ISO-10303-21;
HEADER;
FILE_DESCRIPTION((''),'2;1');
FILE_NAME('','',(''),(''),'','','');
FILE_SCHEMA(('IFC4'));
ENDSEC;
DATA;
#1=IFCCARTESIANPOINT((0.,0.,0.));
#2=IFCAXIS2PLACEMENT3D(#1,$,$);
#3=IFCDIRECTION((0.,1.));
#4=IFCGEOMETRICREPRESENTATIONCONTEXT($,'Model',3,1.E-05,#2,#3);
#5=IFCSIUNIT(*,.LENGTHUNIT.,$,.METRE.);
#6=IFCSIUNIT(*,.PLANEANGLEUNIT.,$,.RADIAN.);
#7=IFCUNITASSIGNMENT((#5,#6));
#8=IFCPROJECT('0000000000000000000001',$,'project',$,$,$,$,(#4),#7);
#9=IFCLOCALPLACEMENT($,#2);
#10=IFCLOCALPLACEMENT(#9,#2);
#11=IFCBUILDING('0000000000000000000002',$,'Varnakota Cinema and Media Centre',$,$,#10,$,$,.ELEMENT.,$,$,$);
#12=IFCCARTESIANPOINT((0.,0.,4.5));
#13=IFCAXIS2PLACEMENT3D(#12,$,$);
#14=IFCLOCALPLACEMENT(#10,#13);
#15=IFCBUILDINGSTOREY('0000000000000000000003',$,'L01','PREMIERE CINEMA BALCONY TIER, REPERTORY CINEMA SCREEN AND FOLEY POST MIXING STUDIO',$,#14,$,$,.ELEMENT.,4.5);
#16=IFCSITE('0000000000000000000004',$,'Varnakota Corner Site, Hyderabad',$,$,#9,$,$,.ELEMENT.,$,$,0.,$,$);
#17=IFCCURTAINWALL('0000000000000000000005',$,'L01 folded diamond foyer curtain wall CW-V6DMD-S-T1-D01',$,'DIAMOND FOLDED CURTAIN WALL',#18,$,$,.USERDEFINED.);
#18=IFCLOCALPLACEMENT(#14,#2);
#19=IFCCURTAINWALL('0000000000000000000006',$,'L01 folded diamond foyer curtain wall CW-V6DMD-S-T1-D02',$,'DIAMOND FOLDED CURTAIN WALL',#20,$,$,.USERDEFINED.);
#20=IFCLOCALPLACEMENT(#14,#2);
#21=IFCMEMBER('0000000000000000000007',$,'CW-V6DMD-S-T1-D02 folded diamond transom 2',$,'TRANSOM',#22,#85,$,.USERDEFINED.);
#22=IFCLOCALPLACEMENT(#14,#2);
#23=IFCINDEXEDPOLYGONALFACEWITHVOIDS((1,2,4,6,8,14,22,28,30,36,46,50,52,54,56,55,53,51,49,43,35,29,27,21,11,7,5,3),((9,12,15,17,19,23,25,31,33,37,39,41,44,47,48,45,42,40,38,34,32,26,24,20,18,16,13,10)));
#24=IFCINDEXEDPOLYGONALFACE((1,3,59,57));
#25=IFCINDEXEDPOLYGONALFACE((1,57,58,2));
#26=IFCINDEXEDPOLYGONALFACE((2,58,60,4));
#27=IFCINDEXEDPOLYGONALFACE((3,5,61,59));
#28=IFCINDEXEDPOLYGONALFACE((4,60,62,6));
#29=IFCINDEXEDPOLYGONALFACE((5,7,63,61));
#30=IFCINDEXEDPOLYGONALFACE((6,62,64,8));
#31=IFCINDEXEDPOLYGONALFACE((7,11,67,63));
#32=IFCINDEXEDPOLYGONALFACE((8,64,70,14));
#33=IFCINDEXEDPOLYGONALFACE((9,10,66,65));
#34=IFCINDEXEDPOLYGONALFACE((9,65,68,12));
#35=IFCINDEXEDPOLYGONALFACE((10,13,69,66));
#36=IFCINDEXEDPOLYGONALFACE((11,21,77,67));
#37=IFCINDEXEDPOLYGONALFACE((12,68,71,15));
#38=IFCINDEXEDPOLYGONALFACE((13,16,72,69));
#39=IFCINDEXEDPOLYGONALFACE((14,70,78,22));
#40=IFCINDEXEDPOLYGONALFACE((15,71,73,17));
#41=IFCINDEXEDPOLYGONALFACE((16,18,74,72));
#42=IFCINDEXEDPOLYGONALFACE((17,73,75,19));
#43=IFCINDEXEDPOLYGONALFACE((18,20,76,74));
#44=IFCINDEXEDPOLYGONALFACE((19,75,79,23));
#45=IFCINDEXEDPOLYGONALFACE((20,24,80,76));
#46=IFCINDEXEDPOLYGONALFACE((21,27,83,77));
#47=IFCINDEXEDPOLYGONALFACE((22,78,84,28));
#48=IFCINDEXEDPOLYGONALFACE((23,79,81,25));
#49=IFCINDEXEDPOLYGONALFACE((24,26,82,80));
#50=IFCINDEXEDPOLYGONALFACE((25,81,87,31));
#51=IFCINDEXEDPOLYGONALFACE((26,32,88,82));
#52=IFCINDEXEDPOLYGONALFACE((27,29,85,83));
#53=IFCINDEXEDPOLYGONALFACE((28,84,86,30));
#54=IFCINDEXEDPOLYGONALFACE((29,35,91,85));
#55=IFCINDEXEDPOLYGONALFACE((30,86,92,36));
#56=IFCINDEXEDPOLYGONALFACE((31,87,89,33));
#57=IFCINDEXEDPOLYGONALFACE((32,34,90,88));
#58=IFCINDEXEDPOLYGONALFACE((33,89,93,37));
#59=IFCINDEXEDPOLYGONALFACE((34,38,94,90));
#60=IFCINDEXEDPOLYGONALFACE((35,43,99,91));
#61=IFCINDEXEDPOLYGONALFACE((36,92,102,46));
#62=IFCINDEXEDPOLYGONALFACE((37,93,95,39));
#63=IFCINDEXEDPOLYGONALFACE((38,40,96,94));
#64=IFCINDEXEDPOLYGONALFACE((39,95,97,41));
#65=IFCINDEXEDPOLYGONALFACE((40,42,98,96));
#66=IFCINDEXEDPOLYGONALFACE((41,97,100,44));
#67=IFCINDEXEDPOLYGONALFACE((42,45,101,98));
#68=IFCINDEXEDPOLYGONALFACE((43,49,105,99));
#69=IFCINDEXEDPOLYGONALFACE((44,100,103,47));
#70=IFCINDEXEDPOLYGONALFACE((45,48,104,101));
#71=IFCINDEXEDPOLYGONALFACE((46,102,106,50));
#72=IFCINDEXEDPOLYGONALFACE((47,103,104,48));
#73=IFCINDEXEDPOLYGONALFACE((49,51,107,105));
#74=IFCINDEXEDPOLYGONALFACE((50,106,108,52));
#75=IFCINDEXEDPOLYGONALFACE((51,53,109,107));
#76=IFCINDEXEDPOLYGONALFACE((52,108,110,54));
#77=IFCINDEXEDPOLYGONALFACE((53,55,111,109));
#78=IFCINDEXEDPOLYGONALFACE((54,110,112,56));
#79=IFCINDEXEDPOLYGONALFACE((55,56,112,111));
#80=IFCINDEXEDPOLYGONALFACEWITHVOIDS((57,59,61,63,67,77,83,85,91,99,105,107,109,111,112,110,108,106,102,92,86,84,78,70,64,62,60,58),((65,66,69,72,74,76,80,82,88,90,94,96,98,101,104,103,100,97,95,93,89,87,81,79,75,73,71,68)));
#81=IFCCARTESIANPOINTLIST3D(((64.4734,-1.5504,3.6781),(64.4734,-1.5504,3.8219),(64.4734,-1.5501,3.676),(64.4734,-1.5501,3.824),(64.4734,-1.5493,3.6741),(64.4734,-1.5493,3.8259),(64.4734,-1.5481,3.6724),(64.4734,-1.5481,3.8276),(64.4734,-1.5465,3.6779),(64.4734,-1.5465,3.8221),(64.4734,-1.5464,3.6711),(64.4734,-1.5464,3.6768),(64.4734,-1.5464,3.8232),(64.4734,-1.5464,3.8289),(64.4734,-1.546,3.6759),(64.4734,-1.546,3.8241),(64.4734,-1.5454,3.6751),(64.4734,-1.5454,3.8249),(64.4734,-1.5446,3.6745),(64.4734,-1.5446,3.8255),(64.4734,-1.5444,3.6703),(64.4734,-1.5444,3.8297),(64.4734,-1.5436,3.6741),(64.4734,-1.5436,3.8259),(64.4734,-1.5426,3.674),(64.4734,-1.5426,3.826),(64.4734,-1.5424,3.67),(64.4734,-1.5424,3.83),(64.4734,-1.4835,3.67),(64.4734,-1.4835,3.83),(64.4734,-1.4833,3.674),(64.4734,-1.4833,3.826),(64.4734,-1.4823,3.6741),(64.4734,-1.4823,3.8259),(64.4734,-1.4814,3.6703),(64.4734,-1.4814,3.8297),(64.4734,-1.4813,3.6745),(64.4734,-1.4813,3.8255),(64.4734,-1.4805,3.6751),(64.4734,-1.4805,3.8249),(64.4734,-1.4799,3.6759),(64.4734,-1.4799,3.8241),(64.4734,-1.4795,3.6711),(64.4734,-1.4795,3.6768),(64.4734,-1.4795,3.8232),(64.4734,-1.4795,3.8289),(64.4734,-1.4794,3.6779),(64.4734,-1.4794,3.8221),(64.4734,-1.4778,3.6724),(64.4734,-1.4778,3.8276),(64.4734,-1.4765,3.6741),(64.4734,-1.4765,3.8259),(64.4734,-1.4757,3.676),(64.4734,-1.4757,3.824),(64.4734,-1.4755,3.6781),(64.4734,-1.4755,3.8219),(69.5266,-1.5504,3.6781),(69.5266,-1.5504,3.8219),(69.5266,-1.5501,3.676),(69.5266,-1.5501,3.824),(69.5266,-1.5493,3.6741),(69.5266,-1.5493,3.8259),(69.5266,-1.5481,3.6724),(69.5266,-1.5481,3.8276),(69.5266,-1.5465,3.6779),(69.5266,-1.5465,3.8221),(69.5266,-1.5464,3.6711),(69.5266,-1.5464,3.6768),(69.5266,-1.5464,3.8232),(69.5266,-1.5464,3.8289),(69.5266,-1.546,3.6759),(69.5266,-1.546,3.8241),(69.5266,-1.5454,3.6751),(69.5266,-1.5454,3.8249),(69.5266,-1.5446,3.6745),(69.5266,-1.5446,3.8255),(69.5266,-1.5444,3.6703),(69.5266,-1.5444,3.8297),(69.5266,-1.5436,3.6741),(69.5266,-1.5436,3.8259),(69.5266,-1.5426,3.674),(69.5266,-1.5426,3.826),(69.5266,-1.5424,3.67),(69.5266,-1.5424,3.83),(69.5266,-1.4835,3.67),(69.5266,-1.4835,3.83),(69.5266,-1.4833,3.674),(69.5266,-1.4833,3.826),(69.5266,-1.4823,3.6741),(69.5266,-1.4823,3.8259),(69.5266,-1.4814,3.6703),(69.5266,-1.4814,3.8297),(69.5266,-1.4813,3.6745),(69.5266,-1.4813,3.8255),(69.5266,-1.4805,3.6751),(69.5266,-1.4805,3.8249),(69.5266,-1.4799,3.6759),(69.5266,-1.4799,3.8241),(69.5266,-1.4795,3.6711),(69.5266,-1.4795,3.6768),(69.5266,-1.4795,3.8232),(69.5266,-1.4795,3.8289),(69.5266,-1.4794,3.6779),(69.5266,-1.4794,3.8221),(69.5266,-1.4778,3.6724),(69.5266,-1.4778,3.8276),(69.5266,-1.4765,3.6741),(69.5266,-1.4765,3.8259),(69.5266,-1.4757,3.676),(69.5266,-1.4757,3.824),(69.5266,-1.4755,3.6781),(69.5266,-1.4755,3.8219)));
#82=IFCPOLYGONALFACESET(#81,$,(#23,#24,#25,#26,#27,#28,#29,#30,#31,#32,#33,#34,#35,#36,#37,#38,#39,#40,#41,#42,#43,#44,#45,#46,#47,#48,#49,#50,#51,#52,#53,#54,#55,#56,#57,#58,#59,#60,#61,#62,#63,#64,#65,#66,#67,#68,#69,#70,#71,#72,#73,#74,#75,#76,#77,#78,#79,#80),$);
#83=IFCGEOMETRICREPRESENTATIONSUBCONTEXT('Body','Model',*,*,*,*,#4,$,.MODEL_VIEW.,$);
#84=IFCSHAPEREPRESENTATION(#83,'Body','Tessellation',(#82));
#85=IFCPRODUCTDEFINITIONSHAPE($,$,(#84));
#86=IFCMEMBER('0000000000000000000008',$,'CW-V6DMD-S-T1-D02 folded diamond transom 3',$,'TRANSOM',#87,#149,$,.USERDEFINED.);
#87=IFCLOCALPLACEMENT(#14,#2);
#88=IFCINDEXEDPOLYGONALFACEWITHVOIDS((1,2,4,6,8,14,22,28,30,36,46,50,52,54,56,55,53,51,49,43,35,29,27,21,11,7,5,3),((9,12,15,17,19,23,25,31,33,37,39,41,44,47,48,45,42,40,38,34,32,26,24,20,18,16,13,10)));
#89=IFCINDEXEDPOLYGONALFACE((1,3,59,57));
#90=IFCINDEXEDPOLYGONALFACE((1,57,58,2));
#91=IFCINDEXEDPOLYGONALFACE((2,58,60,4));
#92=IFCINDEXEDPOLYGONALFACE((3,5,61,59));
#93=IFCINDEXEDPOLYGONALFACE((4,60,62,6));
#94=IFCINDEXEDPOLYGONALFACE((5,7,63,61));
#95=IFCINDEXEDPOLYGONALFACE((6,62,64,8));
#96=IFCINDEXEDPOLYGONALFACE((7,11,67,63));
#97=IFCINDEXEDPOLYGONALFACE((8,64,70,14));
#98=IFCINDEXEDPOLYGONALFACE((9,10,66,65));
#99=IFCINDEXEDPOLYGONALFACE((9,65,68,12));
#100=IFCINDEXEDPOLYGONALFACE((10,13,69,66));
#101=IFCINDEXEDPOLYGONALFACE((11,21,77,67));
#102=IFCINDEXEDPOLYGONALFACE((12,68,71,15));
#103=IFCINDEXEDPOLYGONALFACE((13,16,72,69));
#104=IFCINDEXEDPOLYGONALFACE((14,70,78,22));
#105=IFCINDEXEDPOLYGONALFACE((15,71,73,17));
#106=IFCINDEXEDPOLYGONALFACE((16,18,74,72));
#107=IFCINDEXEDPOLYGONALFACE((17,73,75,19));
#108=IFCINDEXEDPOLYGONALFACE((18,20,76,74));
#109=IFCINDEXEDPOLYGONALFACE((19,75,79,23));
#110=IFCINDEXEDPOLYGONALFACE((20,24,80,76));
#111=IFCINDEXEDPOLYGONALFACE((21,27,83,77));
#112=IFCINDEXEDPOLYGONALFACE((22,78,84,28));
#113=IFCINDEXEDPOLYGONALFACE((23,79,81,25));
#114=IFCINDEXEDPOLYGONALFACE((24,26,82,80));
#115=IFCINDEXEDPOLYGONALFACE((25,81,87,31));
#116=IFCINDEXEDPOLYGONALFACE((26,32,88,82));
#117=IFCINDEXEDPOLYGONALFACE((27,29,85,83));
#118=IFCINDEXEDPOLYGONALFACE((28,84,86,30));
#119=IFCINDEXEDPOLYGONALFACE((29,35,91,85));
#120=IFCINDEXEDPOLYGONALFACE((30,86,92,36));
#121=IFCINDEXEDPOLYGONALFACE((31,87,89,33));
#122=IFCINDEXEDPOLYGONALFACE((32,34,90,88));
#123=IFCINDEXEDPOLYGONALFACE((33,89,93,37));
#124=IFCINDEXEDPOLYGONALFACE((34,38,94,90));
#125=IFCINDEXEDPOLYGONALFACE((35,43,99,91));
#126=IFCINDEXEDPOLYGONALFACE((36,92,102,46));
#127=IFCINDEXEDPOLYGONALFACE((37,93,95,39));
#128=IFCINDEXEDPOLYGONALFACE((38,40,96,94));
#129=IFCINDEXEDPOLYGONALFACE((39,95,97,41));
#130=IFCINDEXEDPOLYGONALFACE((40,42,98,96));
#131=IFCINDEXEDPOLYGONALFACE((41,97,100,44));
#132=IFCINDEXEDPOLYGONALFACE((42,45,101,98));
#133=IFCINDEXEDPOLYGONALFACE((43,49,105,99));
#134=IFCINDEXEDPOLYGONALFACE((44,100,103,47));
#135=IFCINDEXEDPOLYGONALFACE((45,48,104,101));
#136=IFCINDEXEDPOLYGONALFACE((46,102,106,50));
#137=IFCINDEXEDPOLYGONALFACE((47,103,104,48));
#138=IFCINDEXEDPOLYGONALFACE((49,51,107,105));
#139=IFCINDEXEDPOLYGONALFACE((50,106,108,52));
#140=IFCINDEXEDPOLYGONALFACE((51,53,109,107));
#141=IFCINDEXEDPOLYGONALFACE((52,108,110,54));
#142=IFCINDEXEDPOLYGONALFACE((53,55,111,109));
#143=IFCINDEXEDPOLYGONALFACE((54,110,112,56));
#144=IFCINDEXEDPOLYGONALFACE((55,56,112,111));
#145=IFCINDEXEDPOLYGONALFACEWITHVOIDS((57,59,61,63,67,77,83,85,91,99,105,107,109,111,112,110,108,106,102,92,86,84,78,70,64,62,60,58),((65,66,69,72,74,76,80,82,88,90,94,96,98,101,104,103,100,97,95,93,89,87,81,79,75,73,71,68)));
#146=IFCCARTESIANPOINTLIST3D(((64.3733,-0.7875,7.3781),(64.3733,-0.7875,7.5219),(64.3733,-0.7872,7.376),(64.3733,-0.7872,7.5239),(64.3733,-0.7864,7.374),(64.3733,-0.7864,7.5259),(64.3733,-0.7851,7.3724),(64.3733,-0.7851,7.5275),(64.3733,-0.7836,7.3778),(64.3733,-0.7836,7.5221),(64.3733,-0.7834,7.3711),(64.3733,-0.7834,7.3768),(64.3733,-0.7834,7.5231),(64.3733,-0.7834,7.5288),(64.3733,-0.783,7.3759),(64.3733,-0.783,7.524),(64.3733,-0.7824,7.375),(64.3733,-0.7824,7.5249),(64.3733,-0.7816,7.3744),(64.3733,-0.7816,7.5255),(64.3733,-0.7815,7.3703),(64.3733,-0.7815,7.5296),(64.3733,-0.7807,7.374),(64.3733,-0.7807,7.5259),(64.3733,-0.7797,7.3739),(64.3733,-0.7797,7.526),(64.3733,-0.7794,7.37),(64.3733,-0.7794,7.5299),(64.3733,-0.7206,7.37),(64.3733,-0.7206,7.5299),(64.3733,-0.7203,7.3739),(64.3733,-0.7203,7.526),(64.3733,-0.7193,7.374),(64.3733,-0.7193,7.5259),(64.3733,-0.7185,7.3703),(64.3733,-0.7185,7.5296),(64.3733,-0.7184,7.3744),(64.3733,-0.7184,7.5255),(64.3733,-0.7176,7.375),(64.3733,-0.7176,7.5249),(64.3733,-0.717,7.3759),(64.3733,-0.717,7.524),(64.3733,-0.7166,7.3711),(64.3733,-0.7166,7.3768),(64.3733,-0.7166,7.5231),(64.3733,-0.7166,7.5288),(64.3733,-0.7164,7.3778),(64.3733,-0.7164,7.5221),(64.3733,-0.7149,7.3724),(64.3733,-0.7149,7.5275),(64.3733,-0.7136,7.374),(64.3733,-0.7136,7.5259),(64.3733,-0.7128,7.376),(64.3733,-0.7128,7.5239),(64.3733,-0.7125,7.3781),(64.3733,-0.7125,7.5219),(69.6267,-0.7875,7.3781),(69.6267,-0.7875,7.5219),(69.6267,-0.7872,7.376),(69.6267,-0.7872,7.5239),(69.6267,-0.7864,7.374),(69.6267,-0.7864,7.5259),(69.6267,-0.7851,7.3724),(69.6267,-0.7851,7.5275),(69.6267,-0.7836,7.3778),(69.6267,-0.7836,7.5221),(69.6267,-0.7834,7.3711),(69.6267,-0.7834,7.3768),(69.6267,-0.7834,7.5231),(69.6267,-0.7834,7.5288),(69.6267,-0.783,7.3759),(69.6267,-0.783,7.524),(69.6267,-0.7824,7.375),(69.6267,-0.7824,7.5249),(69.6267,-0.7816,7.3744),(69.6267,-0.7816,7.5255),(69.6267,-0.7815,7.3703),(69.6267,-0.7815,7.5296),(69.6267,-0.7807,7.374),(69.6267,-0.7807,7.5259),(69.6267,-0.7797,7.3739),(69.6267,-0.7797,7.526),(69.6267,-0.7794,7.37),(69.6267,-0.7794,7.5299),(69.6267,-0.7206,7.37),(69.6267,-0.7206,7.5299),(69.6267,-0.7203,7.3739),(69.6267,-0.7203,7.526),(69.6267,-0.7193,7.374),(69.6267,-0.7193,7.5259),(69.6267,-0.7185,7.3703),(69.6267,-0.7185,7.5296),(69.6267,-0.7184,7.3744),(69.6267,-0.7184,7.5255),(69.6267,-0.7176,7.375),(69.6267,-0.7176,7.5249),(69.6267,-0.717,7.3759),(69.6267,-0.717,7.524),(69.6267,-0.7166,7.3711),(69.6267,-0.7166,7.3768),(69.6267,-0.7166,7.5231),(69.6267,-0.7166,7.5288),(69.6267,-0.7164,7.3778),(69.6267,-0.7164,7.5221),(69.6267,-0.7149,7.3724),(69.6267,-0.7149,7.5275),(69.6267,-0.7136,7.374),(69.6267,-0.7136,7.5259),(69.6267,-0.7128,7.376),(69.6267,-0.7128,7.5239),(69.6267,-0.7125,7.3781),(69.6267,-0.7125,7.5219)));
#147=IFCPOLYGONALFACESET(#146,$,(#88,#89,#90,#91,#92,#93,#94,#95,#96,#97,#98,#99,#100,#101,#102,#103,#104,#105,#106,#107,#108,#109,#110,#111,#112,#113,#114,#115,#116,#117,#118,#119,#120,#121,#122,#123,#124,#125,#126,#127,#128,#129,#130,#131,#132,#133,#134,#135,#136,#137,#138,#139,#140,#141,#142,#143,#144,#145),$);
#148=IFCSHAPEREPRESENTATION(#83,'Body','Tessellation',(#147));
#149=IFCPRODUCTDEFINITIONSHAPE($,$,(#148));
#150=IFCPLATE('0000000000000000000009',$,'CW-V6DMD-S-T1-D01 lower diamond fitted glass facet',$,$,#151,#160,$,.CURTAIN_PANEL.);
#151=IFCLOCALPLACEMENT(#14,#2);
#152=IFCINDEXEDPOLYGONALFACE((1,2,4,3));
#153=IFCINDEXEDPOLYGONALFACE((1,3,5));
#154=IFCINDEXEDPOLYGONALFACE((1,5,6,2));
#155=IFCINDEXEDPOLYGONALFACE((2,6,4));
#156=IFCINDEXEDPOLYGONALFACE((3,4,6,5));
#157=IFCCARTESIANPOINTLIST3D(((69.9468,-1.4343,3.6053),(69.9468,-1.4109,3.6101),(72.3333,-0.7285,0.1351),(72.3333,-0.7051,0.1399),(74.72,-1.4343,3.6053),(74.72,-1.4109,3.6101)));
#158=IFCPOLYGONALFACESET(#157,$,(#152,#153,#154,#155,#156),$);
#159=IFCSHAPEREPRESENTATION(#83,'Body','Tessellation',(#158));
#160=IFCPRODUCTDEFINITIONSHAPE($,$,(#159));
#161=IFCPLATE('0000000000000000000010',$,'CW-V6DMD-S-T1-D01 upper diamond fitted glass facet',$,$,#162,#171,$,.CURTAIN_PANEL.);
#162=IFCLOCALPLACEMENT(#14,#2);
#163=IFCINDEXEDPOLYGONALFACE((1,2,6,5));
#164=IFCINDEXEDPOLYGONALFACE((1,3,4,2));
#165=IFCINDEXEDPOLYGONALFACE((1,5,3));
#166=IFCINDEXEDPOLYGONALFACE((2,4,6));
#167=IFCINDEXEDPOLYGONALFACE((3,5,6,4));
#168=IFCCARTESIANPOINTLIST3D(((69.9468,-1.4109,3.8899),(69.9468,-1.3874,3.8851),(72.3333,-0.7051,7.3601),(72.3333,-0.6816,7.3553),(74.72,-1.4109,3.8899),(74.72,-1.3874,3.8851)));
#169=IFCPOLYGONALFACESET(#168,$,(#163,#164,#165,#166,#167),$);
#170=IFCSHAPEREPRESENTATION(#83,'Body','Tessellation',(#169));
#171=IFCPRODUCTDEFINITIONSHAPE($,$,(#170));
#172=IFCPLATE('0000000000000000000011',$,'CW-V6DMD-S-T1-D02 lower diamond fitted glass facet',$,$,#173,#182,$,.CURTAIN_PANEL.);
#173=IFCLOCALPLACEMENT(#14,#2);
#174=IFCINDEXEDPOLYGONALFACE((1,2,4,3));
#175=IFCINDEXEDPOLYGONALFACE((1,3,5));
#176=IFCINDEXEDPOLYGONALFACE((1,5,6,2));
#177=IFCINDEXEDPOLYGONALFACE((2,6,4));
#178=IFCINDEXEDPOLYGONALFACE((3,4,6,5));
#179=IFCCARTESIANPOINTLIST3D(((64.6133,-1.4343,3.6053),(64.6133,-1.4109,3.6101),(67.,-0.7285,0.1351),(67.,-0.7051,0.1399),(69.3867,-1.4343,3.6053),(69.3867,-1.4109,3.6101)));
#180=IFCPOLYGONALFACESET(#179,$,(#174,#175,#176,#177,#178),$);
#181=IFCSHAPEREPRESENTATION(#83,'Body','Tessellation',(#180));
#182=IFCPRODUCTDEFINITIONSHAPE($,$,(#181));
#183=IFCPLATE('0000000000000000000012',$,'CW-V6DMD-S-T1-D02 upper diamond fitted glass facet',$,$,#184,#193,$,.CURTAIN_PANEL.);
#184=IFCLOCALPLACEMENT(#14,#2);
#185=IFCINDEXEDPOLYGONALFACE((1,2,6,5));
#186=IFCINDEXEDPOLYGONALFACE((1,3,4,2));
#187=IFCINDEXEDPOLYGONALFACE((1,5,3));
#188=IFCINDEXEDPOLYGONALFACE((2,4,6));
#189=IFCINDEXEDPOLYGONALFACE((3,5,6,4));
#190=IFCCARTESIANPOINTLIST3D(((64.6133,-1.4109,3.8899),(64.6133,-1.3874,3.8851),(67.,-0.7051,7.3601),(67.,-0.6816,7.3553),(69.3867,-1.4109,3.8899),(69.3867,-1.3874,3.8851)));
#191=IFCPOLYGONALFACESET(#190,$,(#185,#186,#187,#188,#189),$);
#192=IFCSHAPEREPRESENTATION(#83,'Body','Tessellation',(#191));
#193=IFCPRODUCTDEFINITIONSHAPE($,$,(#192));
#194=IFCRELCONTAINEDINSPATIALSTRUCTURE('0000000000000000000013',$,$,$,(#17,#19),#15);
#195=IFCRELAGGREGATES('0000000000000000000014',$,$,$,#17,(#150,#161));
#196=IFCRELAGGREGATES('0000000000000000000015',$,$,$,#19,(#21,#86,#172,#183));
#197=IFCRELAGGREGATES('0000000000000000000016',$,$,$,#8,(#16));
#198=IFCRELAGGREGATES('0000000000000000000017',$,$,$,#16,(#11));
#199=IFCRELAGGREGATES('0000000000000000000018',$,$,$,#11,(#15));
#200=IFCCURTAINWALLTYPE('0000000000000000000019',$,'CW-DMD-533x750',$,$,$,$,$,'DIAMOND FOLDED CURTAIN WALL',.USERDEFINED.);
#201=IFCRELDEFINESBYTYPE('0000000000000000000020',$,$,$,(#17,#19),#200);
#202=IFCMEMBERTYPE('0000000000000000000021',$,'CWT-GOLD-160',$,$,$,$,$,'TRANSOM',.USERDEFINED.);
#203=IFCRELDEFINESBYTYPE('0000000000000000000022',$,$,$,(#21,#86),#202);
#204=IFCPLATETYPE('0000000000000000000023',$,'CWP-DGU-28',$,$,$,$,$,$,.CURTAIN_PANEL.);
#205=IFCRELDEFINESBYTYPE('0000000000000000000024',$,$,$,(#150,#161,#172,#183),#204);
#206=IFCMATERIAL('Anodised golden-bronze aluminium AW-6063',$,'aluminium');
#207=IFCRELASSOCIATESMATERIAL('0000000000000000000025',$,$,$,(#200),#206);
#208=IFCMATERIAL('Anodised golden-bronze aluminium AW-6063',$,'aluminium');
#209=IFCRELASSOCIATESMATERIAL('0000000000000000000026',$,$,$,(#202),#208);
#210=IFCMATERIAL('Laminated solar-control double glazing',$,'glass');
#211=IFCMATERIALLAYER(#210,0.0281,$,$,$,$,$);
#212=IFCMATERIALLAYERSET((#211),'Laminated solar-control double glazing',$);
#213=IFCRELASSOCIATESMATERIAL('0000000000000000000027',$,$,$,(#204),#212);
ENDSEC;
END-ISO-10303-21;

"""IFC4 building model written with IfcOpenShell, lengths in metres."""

from ifc_helpers import new_model, si_unit, direction, frame, origin, origin_2d, place, context, subcontext, project, spatial, polyline, hollow_rectangle, outline, extrude, material, layer, layer_set, material_profile, profile_set, type_object, element, aggregate, save


model = new_model("IFC4")

# Units and contexts
model_context = context("Model", 3, precision=1e-05, world=origin(), true_north=direction((0.0, 1.0)))
body_context = subcontext(model_context, "Body", "Model", "MODEL_VIEW")
ifc_project = project(units=[si_unit("LENGTHUNIT", "METRE"), si_unit("PLANEANGLEUNIT", "RADIAN")], contexts=[model_context])

# Site, building, storey
site_placement = place(None, origin())
site = spatial("IfcSite", under=ifc_project, at=site_placement, Name="Varnakota Corner Site, Hyderabad", CompositionType="ELEMENT", RefElevation=0.0)
building_placement = place(site_placement, origin())
building = spatial("IfcBuilding", under=site, at=building_placement, Name="Varnakota Cinema and Media Centre", CompositionType="ELEMENT")
storey_placement = place(building_placement, frame((0.0, 0.0, 4.5)))
storey = spatial("IfcBuildingStorey", under=building, at=storey_placement, Name="L01", Description="PREMIERE CINEMA BALCONY TIER, REPERTORY CINEMA SCREEN AND FOLEY POST MIXING STUDIO", CompositionType="ELEMENT", Elevation=4.5)

# Curtain walls
ifc_material_1 = material(Name="Anodised golden-bronze aluminium AW-6063", Category="aluminium")
curtain_wall_type = type_object("IfcCurtainWallType", Name="CW-DMD-533x750", ElementType="DIAMOND FOLDED CURTAIN WALL", PredefinedType="USERDEFINED", material=ifc_material_1)
curtain_wall_1_placement = place(storey_placement, origin())
curtain_wall_1 = element("IfcCurtainWall", 1, at=curtain_wall_1_placement, inside=storey, type_object=curtain_wall_type, Name="L01 folded diamond foyer curtain wall CW-V6DMD-S-T1-D01", ObjectType="DIAMOND FOLDED CURTAIN WALL", PredefinedType="USERDEFINED")
curtain_wall_2_placement = place(storey_placement, origin())
curtain_wall_2 = element("IfcCurtainWall", 2, at=curtain_wall_2_placement, inside=storey, type_object=curtain_wall_type, Name="L01 folded diamond foyer curtain wall CW-V6DMD-S-T1-D02", ObjectType="DIAMOND FOLDED CURTAIN WALL", PredefinedType="USERDEFINED")

# Members
ifc_material_2 = material(Name="Anodised golden-bronze aluminium AW-6063", Category="aluminium")
ifc_material_profile_1 = material_profile(ifc_material_2, hollow_rectangle(XDim=0.075, YDim=0.1599, WallThickness=0.0039, InnerFilletRadius=0.0039, OuterFilletRadius=0.0081, at=origin_2d()), Name="AL-TRANSOM 160x75x4")
ifc_profile_set_1 = profile_set([ifc_material_profile_1], Name="Anodised golden-bronze aluminium AW-6063")
member_type_1 = type_object("IfcMemberType", Name="CWT-GOLD-160", ElementType="TRANSOM", PredefinedType="USERDEFINED", material=ifc_profile_set_1)
member_1_placement = place(storey_placement, frame((69.5266, -1.5129, 3.75), z_axis=(-1.0, 0.0, 0.0), x_axis=(0.0, -1.0, 0.0)))
member_1 = element("IfcMember", 3, at=member_1_placement, type_object=member_type_1, Name="CW-V6DMD-S-T1-D02 folded diamond transom 2", ObjectType="TRANSOM", PredefinedType="USERDEFINED", context=body_context, shape_type="SweptSolid", body=[
    extrude(hollow_rectangle(XDim=0.075, YDim=0.1599, WallThickness=0.0039, InnerFilletRadius=0.0039, OuterFilletRadius=0.0081, at=origin_2d()), origin(), (0.0, 0.0, 1.0), 5.0532),
])
member_2_placement = place(storey_placement, frame((69.6267, -0.75, 7.45), z_axis=(-1.0, 0.0, 0.0), x_axis=(0.0, -1.0, 0.0)))
member_2 = element("IfcMember", 4, at=member_2_placement, type_object=member_type_1, Name="CW-V6DMD-S-T1-D02 folded diamond transom 3", ObjectType="TRANSOM", PredefinedType="USERDEFINED", context=body_context, shape_type="SweptSolid", body=[
    extrude(hollow_rectangle(XDim=0.075, YDim=0.1599, WallThickness=0.0039, InnerFilletRadius=0.0039, OuterFilletRadius=0.0081, at=origin_2d()), origin(), (0.0, 0.0, 1.0), 5.2534),
])

# Plates
ifc_material_3 = material(Name="Laminated solar-control double glazing", Category="glass")
ifc_layer_1 = layer(ifc_material_3, 0.0281)
ifc_layer_set_1 = layer_set([ifc_layer_1], Name="Laminated solar-control double glazing")
plate_type_1 = type_object("IfcPlateType", Name="CWP-DGU-28", PredefinedType="CURTAIN_PANEL", material=ifc_layer_set_1)
plate_1_placement = place(storey_placement, frame((74.72, -1.4109, 3.6101), z_axis=(0.0, 0.979936, 0.19931), x_axis=(-0.558888, 0.165277, -0.812606)))
plate_1 = element("IfcPlate", 5, at=plate_1_placement, type_object=plate_type_1, Name="CW-V6DMD-S-T1-D01 lower diamond fitted glass facet", PredefinedType="CURTAIN_PANEL", context=body_context, shape_type="SweptSolid", body=[
    extrude(outline(polyline([(0.0, 0.0), (4.2705, 0.0), (2.6677, 3.9581), (0.0, 0.0)])), origin(), (0.0, 0.0, -1.0), 0.0239),
])
plate_2_placement = place(storey_placement, frame((74.72, -1.4109, 3.8899), z_axis=(0.0, -0.979936, 0.19931), x_axis=(-1.0, 0.0, 0.0)))
plate_2 = element("IfcPlate", 6, at=plate_2_placement, type_object=plate_type_1, Name="CW-V6DMD-S-T1-D01 upper diamond fitted glass facet", PredefinedType="CURTAIN_PANEL", context=body_context, shape_type="SweptSolid", body=[
    extrude(outline(polyline([(0.0, 0.0), (4.7732, 0.0), (2.3867, -3.5413), (0.0, 0.0)])), origin(), (0.0, 0.0, -1.0), 0.0239),
])
plate_3_placement = place(storey_placement, frame((69.3867, -1.4109, 3.6101), z_axis=(0.0, 0.979936, 0.19931), x_axis=(-0.558888, 0.165277, -0.812606)))
plate_3 = element("IfcPlate", 7, at=plate_3_placement, type_object=plate_type_1, Name="CW-V6DMD-S-T1-D02 lower diamond fitted glass facet", PredefinedType="CURTAIN_PANEL", context=body_context, shape_type="SweptSolid", body=[
    extrude(outline(polyline([(0.0, 0.0), (4.2705, 0.0), (2.6678, 3.9583), (0.0, 0.0)])), origin(), (0.0, 0.0, -1.0), 0.0239),
])
plate_4_placement = place(storey_placement, frame((69.3867, -1.4109, 3.8899), z_axis=(0.0, -0.979936, 0.19931), x_axis=(-1.0, 0.0, 0.0)))
plate_4 = element("IfcPlate", 8, at=plate_4_placement, type_object=plate_type_1, Name="CW-V6DMD-S-T1-D02 upper diamond fitted glass facet", PredefinedType="CURTAIN_PANEL", context=body_context, shape_type="SweptSolid", body=[
    extrude(outline(polyline([(0.0, 0.0), (4.7734, 0.0), (2.3867, -3.5413), (0.0, 0.0)])), origin(), (0.0, 0.0, -1.0), 0.0239),
])
aggregate(curtain_wall_1, [plate_1, plate_2])
aggregate(curtain_wall_2, [member_1, member_2, plate_3, plate_4])

save(model, "model.ifc")
